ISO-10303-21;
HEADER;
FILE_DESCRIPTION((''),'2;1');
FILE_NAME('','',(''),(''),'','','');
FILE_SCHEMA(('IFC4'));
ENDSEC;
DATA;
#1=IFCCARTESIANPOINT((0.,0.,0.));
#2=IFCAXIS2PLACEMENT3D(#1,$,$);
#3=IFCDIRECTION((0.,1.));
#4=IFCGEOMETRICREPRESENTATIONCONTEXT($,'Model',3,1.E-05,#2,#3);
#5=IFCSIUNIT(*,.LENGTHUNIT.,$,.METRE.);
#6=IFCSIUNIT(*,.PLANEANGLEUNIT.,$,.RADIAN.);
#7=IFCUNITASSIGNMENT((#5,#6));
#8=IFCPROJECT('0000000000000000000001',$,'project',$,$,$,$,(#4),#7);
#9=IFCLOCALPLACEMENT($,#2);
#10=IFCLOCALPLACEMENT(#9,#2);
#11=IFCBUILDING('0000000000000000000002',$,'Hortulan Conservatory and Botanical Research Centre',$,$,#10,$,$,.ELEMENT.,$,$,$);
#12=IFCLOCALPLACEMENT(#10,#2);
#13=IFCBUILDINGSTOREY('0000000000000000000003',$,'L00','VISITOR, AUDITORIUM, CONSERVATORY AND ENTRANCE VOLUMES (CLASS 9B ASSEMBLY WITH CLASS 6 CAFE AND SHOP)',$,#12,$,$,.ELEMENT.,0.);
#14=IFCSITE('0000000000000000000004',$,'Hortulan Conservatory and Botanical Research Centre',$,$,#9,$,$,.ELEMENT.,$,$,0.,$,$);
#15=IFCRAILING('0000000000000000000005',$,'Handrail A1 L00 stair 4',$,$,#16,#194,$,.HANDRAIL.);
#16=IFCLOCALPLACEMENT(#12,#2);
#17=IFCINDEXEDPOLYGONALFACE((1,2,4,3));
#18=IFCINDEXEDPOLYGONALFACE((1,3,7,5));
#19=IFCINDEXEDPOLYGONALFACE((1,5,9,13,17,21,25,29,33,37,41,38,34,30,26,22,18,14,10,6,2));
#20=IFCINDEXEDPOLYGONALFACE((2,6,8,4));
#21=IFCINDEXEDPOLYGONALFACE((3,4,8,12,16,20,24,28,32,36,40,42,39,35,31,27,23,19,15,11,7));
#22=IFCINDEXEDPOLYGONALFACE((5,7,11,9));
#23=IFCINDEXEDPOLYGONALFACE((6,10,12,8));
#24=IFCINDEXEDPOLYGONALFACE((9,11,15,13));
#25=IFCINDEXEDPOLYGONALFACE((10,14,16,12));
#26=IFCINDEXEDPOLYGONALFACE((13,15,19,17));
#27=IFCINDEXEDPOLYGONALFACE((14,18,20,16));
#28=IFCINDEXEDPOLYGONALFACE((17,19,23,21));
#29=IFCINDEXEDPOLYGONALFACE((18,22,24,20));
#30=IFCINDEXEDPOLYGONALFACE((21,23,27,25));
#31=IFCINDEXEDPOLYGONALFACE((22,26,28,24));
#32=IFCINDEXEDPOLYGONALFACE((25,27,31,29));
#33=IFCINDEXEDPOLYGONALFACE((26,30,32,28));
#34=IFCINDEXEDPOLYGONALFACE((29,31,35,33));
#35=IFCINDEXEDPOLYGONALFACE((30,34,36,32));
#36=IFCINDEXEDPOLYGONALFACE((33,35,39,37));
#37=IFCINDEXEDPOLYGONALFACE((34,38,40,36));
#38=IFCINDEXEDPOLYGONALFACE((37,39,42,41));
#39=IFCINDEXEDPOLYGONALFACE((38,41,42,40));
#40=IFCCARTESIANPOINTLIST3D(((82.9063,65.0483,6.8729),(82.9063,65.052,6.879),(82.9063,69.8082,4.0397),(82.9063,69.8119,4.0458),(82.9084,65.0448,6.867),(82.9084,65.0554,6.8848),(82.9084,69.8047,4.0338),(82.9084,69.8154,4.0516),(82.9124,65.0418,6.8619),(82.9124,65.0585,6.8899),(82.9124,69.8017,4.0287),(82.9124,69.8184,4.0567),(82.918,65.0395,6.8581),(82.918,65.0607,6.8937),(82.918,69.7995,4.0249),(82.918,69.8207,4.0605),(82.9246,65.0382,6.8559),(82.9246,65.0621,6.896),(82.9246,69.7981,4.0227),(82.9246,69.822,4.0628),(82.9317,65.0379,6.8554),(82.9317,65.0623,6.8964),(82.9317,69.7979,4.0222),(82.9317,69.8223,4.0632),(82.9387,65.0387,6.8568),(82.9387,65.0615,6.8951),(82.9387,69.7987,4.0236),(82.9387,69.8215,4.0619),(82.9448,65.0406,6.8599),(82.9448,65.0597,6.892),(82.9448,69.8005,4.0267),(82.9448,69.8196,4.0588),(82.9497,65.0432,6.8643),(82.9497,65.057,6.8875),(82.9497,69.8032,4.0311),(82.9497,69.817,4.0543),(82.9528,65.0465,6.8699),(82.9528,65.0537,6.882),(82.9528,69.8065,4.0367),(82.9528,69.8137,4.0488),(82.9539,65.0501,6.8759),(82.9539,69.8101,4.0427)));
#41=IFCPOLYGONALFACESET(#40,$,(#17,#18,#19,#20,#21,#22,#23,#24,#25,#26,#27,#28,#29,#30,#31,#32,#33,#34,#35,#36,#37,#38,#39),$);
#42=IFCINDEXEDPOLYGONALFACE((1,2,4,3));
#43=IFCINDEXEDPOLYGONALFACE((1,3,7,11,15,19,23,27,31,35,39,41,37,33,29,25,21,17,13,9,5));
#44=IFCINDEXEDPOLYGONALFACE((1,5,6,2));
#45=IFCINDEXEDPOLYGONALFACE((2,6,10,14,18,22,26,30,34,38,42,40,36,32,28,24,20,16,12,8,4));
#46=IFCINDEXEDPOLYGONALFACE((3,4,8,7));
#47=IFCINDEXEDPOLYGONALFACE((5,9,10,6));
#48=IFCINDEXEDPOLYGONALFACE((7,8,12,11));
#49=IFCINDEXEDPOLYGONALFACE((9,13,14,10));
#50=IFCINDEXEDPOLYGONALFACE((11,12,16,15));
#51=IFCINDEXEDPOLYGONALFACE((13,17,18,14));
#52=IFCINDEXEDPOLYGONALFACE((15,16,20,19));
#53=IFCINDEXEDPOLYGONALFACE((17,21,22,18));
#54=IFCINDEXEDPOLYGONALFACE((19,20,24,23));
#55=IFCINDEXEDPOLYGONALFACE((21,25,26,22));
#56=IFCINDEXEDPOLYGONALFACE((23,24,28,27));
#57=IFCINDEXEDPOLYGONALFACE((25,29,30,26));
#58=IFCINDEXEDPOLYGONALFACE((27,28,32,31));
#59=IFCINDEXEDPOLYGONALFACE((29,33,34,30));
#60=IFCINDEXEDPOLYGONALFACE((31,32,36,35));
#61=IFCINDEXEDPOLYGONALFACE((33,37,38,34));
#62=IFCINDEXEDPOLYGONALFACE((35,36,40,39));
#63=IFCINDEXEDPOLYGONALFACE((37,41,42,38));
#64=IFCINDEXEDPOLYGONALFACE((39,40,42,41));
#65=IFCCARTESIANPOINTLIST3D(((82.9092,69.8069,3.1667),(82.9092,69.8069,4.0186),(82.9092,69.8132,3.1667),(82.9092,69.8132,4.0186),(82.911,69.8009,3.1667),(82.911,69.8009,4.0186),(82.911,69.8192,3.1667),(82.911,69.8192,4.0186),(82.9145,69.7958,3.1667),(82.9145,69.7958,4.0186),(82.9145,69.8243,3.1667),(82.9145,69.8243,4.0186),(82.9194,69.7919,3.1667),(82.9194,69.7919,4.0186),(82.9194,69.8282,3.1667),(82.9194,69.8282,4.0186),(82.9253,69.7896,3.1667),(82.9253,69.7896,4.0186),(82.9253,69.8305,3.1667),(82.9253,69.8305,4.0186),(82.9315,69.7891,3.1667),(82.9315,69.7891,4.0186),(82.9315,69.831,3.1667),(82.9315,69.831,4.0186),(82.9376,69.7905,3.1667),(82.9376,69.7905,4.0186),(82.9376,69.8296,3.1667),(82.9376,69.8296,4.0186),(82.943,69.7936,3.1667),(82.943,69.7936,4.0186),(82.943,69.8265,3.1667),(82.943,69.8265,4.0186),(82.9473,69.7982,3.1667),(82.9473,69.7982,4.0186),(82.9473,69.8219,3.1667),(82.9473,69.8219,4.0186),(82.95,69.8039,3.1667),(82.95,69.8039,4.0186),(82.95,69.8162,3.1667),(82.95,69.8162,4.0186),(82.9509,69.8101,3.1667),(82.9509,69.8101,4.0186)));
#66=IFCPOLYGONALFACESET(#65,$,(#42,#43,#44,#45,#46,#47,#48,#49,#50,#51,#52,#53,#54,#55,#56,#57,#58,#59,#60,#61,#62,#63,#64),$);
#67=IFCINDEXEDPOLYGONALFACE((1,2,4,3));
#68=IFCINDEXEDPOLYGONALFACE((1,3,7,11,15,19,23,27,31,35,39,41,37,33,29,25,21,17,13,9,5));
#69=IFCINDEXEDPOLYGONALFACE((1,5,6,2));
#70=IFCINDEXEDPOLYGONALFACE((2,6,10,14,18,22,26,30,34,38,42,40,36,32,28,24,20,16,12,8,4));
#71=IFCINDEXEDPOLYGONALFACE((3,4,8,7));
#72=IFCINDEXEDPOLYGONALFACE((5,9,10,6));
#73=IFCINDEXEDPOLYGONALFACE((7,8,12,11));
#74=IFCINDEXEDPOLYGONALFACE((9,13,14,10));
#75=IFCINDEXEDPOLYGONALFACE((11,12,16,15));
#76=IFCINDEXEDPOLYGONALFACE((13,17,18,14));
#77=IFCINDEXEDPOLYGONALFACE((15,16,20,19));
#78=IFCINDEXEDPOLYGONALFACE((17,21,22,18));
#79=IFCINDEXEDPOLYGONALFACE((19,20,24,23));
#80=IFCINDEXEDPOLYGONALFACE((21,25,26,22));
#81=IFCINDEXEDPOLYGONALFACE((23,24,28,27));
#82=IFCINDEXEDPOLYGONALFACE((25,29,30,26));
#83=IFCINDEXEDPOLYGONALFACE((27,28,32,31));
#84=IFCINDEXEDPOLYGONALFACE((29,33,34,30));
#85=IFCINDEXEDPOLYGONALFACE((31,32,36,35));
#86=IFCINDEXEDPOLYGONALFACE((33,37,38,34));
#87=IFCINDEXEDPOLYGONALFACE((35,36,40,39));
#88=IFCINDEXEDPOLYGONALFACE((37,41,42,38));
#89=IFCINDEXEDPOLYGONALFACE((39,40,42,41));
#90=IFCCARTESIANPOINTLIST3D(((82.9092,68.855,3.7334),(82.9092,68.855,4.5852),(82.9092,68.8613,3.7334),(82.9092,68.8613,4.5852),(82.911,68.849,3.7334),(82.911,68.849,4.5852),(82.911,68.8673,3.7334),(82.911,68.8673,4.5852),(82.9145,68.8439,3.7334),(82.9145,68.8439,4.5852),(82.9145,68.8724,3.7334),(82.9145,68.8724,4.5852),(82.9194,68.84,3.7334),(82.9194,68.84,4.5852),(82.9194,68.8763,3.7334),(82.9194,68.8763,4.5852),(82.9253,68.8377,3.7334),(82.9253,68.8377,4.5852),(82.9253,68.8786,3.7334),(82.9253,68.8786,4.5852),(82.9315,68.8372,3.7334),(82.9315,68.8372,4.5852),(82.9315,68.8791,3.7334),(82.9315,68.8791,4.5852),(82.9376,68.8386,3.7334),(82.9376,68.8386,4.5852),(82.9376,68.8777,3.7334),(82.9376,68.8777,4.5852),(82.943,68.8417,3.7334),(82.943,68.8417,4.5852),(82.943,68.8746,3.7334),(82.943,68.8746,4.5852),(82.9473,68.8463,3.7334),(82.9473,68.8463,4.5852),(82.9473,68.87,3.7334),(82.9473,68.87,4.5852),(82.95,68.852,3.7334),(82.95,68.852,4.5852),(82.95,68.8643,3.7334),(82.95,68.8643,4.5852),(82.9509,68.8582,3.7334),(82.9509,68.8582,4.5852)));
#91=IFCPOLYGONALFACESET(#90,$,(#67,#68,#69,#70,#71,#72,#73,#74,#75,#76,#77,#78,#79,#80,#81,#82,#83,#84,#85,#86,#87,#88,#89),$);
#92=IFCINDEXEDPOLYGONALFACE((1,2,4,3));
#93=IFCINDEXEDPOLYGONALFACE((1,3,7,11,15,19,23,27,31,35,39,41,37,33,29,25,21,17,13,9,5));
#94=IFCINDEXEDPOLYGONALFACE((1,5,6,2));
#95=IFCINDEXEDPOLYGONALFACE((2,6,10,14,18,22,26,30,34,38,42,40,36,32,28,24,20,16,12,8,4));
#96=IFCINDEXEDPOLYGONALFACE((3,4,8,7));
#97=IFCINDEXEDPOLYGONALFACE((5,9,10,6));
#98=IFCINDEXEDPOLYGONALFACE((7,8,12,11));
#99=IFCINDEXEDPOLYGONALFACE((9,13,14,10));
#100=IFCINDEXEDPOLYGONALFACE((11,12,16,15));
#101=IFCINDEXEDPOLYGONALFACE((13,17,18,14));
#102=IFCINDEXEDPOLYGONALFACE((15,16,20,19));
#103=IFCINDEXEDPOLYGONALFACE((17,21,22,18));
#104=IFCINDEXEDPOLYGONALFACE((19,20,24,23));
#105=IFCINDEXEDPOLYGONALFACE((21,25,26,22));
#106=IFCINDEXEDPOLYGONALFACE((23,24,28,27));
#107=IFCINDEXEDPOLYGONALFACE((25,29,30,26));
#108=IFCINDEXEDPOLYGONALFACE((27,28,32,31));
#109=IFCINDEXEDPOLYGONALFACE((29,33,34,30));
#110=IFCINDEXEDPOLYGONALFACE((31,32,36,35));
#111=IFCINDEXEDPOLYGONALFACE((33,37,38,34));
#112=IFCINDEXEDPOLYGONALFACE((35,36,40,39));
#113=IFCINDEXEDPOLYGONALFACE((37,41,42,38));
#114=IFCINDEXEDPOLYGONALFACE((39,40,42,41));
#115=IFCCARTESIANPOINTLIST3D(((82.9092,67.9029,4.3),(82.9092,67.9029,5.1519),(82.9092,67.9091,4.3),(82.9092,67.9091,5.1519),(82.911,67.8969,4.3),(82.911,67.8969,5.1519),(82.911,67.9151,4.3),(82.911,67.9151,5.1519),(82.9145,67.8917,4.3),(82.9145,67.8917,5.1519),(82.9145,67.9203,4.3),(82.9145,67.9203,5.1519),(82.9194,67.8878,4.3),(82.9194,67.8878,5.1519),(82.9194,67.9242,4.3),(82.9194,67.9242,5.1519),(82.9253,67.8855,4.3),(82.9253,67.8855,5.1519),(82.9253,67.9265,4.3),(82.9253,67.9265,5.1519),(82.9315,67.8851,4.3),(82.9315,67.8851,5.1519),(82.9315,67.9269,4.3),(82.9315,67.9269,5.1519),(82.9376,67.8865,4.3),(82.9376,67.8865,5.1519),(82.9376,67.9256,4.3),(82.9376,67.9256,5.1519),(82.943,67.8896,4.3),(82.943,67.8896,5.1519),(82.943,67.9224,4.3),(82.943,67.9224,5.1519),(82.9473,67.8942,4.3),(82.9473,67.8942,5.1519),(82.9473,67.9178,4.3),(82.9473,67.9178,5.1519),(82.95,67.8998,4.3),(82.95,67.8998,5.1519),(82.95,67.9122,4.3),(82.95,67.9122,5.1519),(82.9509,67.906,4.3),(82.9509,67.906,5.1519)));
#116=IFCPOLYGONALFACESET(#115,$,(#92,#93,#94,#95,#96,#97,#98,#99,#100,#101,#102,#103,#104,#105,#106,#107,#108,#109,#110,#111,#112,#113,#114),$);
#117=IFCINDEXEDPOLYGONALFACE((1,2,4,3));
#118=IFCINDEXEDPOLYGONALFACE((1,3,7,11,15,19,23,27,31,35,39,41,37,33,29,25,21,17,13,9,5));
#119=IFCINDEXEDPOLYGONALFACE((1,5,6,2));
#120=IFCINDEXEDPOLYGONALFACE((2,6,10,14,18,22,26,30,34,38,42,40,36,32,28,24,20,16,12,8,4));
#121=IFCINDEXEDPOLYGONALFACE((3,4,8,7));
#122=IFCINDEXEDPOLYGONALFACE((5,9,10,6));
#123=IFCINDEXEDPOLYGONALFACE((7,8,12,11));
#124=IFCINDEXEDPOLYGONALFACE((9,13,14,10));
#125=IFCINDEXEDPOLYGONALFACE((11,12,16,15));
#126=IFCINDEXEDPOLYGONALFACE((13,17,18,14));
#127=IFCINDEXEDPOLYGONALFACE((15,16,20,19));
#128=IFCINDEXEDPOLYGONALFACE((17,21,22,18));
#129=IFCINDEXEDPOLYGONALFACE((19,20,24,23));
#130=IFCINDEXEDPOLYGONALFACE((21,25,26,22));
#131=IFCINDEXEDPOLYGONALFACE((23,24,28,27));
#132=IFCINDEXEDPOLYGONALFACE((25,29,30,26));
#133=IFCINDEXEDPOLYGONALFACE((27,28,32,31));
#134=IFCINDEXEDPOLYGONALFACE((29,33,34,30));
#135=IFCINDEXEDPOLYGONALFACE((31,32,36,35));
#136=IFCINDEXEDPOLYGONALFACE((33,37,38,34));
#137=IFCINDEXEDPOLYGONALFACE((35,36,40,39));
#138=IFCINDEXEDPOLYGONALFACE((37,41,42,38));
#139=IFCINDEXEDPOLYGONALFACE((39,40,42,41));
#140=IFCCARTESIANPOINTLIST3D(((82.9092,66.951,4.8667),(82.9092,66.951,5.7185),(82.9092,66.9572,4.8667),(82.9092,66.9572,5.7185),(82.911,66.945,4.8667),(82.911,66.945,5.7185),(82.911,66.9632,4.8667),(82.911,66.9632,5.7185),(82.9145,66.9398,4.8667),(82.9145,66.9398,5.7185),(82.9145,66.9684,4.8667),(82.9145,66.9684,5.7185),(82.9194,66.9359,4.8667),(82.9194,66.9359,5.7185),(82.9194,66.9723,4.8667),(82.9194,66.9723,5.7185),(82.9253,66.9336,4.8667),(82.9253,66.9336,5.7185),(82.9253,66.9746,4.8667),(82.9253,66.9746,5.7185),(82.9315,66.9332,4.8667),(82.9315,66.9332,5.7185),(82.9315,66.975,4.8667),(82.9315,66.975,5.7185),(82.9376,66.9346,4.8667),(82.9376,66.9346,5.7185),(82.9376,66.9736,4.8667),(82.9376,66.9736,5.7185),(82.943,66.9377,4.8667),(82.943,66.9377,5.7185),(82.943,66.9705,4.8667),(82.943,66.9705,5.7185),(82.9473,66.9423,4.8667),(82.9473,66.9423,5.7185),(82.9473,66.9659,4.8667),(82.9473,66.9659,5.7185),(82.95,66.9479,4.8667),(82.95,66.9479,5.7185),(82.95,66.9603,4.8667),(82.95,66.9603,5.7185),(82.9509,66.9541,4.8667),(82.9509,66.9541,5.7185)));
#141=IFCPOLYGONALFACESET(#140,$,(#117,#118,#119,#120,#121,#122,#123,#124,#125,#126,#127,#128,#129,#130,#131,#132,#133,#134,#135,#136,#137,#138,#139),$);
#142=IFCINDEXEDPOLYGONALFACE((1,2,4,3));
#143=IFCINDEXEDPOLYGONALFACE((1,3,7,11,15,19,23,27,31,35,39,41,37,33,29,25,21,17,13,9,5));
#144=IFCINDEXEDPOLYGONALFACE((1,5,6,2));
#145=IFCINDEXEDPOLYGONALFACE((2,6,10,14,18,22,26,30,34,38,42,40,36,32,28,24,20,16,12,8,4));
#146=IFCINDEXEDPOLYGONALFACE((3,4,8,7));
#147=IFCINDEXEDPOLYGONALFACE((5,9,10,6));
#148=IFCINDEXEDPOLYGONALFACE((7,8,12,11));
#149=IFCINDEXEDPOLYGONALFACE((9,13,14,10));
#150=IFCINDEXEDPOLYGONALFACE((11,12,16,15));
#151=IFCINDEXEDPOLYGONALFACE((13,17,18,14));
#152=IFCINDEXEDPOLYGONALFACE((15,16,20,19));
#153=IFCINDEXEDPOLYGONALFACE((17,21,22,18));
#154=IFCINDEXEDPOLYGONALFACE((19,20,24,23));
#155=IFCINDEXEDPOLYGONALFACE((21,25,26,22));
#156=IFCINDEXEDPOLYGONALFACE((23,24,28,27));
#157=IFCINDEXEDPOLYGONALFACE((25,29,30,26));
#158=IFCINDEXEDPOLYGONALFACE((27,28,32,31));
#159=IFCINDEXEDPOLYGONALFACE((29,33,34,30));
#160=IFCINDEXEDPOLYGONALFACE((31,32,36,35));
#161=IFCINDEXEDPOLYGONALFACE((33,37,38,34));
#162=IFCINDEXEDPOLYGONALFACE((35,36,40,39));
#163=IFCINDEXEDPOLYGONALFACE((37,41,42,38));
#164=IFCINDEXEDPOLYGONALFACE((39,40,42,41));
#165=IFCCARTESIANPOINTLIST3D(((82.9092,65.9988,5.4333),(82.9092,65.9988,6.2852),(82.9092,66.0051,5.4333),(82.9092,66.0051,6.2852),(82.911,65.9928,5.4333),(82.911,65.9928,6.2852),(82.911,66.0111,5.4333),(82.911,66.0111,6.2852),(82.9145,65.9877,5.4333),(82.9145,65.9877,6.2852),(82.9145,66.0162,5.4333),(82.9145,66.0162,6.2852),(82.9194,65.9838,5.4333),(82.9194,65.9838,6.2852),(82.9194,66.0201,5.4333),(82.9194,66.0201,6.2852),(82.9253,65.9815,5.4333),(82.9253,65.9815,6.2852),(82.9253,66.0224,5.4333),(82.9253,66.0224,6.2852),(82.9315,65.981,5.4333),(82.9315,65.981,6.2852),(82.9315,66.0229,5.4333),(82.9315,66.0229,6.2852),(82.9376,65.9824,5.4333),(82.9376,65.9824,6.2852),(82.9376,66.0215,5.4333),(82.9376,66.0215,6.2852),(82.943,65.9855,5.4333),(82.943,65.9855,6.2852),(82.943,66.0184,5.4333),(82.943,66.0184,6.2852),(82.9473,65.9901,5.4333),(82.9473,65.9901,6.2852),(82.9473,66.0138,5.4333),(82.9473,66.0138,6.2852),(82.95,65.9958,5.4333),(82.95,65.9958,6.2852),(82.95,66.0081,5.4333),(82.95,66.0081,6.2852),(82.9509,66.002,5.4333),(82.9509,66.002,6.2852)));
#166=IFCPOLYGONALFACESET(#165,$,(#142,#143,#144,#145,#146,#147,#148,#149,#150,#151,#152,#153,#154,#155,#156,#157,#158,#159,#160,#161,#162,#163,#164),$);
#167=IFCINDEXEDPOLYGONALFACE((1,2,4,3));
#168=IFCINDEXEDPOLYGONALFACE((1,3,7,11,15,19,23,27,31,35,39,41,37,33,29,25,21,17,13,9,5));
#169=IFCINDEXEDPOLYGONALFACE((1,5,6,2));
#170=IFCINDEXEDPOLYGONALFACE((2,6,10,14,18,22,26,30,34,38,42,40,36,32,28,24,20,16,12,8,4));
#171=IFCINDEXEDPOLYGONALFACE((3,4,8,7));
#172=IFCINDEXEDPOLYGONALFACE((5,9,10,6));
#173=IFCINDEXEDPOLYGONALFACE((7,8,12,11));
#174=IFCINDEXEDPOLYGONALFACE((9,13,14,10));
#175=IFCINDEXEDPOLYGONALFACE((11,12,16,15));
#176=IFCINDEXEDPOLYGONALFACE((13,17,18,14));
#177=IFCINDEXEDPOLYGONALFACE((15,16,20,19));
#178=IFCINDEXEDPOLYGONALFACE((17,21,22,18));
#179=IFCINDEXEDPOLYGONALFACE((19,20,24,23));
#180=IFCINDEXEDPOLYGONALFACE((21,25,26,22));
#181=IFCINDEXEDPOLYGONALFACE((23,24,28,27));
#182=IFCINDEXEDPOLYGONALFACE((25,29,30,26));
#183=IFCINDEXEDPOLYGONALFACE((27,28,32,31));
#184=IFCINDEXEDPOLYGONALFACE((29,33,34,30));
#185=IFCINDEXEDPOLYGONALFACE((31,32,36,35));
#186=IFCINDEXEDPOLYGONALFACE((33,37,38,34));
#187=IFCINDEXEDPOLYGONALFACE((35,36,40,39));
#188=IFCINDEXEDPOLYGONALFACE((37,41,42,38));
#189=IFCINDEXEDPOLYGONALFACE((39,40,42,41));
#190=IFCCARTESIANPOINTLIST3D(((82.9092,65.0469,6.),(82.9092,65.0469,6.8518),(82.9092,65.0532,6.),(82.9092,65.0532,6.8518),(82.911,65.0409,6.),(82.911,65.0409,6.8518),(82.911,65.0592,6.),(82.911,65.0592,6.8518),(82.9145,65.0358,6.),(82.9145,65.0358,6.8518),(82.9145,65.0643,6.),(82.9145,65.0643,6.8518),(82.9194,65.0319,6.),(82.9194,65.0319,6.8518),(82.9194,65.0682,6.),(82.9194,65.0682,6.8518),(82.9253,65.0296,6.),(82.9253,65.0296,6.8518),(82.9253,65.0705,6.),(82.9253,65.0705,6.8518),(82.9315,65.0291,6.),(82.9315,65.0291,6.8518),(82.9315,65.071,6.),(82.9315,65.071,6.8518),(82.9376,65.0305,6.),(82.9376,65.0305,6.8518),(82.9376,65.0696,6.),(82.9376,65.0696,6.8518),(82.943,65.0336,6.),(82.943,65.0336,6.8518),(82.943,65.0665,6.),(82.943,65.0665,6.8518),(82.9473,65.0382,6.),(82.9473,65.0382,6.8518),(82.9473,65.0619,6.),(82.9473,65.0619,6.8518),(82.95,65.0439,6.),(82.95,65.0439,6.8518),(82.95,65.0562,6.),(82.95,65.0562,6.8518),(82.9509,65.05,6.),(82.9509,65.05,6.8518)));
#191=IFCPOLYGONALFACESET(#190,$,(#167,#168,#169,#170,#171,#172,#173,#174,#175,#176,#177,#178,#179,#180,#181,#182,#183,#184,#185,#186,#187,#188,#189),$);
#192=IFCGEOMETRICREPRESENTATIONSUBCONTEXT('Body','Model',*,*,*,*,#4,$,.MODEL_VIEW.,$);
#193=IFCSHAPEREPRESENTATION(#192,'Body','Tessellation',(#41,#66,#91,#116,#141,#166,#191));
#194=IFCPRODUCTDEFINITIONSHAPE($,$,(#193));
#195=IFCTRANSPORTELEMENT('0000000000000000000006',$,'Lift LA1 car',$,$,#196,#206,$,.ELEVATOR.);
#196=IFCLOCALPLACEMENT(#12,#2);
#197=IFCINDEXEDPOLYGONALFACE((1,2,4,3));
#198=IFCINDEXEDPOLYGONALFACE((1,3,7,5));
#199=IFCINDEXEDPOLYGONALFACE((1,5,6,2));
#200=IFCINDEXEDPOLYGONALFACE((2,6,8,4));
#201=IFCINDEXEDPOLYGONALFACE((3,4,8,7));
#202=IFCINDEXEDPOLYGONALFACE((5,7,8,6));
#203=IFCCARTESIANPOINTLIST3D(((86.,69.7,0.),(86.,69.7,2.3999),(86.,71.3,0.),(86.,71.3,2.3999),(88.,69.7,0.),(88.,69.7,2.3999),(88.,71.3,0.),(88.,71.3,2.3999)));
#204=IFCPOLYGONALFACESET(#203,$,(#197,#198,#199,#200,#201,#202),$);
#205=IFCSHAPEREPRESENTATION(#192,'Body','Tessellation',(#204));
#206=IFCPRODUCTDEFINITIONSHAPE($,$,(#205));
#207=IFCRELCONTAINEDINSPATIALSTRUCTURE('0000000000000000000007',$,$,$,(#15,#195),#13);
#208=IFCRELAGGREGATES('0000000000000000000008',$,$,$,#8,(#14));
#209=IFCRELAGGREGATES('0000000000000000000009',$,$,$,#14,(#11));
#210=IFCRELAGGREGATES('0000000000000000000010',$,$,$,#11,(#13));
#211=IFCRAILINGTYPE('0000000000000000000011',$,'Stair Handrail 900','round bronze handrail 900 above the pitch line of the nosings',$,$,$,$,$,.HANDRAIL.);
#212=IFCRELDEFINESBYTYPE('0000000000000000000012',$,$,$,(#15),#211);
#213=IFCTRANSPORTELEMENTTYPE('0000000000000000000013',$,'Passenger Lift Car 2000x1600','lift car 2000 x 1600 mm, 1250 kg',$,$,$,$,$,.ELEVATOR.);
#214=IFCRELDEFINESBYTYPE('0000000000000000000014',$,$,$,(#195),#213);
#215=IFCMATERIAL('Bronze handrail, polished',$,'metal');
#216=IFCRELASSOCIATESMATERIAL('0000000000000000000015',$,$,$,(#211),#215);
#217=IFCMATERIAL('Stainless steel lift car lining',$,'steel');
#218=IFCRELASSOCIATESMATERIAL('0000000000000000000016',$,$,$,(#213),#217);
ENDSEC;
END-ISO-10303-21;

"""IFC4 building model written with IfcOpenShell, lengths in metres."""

from ifc_helpers import new_model, si_unit, direction, frame, origin, origin_2d, place, context, subcontext, project, spatial, rectangle, circle, extrude, material, type_object, element, save


model = new_model("IFC4")

# Units and contexts
model_context = context("Model", 3, precision=1e-05, world=origin(), true_north=direction((0.0, 1.0)))
body_context = subcontext(model_context, "Body", "Model", "MODEL_VIEW")
ifc_project = project(units=[si_unit("LENGTHUNIT", "METRE"), si_unit("PLANEANGLEUNIT", "RADIAN")], contexts=[model_context])

# Site, building, storey
site_placement = place(None, origin())
site = spatial("IfcSite", under=ifc_project, at=site_placement, Name="Hortulan Conservatory and Botanical Research Centre", CompositionType="ELEMENT", RefElevation=0.0)
building_placement = place(site_placement, origin())
building = spatial("IfcBuilding", under=site, at=building_placement, Name="Hortulan Conservatory and Botanical Research Centre", CompositionType="ELEMENT")
storey_placement = place(building_placement, origin())
storey = spatial("IfcBuildingStorey", under=building, at=storey_placement, Name="L00", Description="VISITOR, AUDITORIUM, CONSERVATORY AND ENTRANCE VOLUMES (CLASS 9B ASSEMBLY WITH CLASS 6 CAFE AND SHOP)", CompositionType="ELEMENT", Elevation=0.0)

# Railing
ifc_material_1 = material(Name="Bronze handrail, polished", Category="metal")
railing_type_1 = type_object("IfcRailingType", Name="Stair Handrail 900", Description="round bronze handrail 900 above the pitch line of the nosings", PredefinedType="HANDRAIL", material=ifc_material_1)
for number, where, name in (
    (1, (82.9299, 69.8101, 3.1667), "Handrail A1 L00 stair 4"),
):
    element("IfcRailing", number, at=place(storey_placement, frame(where)), inside=storey, type_object=railing_type_1, Name=name, PredefinedType="HANDRAIL", context=body_context, shape_type="SweptSolid", body=[
        extrude(circle(Radius=0.0239, at=origin_2d()), frame((0.0, 0.0, 0.876), z_axis=(0.0, -0.8593, 0.511472), x_axis=(1.0, 0.0, 0.0)), (0.0, 0.0, 1.0), 5.5393),
        extrude(circle(Radius=0.021, at=origin_2d()), origin(), (0.0, 0.0, 1.0), 0.8518),
        extrude(circle(Radius=0.021, at=origin_2d()), frame((0.0, -0.9519, 0.5667)), (0.0, 0.0, 1.0), 0.8518),
        extrude(circle(Radius=0.021, at=origin_2d()), frame((0.0, -1.9041, 1.1333)), (0.0, 0.0, 1.0), 0.8518),
        extrude(circle(Radius=0.021, at=origin_2d()), frame((0.0, -2.856, 1.7)), (0.0, 0.0, 1.0), 0.8518),
        extrude(circle(Radius=0.021, at=origin_2d()), frame((0.0, -3.8081, 2.2666)), (0.0, 0.0, 1.0), 0.8518),
        extrude(circle(Radius=0.021, at=origin_2d()), frame((0.0, -4.76, 2.8333)), (0.0, 0.0, 1.0), 0.8518),
    ])

# Transport element
ifc_material_2 = material(Name="Stainless steel lift car lining", Category="steel")
transport_element_type = type_object("IfcTransportElementType", Name="Passenger Lift Car 2000x1600", Description="lift car 2000 x 1600 mm, 1250 kg", PredefinedType="ELEVATOR", material=ifc_material_2)
transport_element_placement = place(storey_placement, frame((87.0, 70.5, 0.0), z_axis=(0.0, 0.0, 1.0), x_axis=(1.0, 0.0, 0.0)))
element("IfcTransportElement", 2, at=transport_element_placement, inside=storey, type_object=transport_element_type, Name="Lift LA1 car", PredefinedType="ELEVATOR", context=body_context, shape_type="SweptSolid", body=[
    extrude(rectangle(XDim=2.0, YDim=1.6001, at=origin_2d()), origin(), (0.0, 0.0, 1.0), 2.3999),
])

save(model, "model.ifc")
